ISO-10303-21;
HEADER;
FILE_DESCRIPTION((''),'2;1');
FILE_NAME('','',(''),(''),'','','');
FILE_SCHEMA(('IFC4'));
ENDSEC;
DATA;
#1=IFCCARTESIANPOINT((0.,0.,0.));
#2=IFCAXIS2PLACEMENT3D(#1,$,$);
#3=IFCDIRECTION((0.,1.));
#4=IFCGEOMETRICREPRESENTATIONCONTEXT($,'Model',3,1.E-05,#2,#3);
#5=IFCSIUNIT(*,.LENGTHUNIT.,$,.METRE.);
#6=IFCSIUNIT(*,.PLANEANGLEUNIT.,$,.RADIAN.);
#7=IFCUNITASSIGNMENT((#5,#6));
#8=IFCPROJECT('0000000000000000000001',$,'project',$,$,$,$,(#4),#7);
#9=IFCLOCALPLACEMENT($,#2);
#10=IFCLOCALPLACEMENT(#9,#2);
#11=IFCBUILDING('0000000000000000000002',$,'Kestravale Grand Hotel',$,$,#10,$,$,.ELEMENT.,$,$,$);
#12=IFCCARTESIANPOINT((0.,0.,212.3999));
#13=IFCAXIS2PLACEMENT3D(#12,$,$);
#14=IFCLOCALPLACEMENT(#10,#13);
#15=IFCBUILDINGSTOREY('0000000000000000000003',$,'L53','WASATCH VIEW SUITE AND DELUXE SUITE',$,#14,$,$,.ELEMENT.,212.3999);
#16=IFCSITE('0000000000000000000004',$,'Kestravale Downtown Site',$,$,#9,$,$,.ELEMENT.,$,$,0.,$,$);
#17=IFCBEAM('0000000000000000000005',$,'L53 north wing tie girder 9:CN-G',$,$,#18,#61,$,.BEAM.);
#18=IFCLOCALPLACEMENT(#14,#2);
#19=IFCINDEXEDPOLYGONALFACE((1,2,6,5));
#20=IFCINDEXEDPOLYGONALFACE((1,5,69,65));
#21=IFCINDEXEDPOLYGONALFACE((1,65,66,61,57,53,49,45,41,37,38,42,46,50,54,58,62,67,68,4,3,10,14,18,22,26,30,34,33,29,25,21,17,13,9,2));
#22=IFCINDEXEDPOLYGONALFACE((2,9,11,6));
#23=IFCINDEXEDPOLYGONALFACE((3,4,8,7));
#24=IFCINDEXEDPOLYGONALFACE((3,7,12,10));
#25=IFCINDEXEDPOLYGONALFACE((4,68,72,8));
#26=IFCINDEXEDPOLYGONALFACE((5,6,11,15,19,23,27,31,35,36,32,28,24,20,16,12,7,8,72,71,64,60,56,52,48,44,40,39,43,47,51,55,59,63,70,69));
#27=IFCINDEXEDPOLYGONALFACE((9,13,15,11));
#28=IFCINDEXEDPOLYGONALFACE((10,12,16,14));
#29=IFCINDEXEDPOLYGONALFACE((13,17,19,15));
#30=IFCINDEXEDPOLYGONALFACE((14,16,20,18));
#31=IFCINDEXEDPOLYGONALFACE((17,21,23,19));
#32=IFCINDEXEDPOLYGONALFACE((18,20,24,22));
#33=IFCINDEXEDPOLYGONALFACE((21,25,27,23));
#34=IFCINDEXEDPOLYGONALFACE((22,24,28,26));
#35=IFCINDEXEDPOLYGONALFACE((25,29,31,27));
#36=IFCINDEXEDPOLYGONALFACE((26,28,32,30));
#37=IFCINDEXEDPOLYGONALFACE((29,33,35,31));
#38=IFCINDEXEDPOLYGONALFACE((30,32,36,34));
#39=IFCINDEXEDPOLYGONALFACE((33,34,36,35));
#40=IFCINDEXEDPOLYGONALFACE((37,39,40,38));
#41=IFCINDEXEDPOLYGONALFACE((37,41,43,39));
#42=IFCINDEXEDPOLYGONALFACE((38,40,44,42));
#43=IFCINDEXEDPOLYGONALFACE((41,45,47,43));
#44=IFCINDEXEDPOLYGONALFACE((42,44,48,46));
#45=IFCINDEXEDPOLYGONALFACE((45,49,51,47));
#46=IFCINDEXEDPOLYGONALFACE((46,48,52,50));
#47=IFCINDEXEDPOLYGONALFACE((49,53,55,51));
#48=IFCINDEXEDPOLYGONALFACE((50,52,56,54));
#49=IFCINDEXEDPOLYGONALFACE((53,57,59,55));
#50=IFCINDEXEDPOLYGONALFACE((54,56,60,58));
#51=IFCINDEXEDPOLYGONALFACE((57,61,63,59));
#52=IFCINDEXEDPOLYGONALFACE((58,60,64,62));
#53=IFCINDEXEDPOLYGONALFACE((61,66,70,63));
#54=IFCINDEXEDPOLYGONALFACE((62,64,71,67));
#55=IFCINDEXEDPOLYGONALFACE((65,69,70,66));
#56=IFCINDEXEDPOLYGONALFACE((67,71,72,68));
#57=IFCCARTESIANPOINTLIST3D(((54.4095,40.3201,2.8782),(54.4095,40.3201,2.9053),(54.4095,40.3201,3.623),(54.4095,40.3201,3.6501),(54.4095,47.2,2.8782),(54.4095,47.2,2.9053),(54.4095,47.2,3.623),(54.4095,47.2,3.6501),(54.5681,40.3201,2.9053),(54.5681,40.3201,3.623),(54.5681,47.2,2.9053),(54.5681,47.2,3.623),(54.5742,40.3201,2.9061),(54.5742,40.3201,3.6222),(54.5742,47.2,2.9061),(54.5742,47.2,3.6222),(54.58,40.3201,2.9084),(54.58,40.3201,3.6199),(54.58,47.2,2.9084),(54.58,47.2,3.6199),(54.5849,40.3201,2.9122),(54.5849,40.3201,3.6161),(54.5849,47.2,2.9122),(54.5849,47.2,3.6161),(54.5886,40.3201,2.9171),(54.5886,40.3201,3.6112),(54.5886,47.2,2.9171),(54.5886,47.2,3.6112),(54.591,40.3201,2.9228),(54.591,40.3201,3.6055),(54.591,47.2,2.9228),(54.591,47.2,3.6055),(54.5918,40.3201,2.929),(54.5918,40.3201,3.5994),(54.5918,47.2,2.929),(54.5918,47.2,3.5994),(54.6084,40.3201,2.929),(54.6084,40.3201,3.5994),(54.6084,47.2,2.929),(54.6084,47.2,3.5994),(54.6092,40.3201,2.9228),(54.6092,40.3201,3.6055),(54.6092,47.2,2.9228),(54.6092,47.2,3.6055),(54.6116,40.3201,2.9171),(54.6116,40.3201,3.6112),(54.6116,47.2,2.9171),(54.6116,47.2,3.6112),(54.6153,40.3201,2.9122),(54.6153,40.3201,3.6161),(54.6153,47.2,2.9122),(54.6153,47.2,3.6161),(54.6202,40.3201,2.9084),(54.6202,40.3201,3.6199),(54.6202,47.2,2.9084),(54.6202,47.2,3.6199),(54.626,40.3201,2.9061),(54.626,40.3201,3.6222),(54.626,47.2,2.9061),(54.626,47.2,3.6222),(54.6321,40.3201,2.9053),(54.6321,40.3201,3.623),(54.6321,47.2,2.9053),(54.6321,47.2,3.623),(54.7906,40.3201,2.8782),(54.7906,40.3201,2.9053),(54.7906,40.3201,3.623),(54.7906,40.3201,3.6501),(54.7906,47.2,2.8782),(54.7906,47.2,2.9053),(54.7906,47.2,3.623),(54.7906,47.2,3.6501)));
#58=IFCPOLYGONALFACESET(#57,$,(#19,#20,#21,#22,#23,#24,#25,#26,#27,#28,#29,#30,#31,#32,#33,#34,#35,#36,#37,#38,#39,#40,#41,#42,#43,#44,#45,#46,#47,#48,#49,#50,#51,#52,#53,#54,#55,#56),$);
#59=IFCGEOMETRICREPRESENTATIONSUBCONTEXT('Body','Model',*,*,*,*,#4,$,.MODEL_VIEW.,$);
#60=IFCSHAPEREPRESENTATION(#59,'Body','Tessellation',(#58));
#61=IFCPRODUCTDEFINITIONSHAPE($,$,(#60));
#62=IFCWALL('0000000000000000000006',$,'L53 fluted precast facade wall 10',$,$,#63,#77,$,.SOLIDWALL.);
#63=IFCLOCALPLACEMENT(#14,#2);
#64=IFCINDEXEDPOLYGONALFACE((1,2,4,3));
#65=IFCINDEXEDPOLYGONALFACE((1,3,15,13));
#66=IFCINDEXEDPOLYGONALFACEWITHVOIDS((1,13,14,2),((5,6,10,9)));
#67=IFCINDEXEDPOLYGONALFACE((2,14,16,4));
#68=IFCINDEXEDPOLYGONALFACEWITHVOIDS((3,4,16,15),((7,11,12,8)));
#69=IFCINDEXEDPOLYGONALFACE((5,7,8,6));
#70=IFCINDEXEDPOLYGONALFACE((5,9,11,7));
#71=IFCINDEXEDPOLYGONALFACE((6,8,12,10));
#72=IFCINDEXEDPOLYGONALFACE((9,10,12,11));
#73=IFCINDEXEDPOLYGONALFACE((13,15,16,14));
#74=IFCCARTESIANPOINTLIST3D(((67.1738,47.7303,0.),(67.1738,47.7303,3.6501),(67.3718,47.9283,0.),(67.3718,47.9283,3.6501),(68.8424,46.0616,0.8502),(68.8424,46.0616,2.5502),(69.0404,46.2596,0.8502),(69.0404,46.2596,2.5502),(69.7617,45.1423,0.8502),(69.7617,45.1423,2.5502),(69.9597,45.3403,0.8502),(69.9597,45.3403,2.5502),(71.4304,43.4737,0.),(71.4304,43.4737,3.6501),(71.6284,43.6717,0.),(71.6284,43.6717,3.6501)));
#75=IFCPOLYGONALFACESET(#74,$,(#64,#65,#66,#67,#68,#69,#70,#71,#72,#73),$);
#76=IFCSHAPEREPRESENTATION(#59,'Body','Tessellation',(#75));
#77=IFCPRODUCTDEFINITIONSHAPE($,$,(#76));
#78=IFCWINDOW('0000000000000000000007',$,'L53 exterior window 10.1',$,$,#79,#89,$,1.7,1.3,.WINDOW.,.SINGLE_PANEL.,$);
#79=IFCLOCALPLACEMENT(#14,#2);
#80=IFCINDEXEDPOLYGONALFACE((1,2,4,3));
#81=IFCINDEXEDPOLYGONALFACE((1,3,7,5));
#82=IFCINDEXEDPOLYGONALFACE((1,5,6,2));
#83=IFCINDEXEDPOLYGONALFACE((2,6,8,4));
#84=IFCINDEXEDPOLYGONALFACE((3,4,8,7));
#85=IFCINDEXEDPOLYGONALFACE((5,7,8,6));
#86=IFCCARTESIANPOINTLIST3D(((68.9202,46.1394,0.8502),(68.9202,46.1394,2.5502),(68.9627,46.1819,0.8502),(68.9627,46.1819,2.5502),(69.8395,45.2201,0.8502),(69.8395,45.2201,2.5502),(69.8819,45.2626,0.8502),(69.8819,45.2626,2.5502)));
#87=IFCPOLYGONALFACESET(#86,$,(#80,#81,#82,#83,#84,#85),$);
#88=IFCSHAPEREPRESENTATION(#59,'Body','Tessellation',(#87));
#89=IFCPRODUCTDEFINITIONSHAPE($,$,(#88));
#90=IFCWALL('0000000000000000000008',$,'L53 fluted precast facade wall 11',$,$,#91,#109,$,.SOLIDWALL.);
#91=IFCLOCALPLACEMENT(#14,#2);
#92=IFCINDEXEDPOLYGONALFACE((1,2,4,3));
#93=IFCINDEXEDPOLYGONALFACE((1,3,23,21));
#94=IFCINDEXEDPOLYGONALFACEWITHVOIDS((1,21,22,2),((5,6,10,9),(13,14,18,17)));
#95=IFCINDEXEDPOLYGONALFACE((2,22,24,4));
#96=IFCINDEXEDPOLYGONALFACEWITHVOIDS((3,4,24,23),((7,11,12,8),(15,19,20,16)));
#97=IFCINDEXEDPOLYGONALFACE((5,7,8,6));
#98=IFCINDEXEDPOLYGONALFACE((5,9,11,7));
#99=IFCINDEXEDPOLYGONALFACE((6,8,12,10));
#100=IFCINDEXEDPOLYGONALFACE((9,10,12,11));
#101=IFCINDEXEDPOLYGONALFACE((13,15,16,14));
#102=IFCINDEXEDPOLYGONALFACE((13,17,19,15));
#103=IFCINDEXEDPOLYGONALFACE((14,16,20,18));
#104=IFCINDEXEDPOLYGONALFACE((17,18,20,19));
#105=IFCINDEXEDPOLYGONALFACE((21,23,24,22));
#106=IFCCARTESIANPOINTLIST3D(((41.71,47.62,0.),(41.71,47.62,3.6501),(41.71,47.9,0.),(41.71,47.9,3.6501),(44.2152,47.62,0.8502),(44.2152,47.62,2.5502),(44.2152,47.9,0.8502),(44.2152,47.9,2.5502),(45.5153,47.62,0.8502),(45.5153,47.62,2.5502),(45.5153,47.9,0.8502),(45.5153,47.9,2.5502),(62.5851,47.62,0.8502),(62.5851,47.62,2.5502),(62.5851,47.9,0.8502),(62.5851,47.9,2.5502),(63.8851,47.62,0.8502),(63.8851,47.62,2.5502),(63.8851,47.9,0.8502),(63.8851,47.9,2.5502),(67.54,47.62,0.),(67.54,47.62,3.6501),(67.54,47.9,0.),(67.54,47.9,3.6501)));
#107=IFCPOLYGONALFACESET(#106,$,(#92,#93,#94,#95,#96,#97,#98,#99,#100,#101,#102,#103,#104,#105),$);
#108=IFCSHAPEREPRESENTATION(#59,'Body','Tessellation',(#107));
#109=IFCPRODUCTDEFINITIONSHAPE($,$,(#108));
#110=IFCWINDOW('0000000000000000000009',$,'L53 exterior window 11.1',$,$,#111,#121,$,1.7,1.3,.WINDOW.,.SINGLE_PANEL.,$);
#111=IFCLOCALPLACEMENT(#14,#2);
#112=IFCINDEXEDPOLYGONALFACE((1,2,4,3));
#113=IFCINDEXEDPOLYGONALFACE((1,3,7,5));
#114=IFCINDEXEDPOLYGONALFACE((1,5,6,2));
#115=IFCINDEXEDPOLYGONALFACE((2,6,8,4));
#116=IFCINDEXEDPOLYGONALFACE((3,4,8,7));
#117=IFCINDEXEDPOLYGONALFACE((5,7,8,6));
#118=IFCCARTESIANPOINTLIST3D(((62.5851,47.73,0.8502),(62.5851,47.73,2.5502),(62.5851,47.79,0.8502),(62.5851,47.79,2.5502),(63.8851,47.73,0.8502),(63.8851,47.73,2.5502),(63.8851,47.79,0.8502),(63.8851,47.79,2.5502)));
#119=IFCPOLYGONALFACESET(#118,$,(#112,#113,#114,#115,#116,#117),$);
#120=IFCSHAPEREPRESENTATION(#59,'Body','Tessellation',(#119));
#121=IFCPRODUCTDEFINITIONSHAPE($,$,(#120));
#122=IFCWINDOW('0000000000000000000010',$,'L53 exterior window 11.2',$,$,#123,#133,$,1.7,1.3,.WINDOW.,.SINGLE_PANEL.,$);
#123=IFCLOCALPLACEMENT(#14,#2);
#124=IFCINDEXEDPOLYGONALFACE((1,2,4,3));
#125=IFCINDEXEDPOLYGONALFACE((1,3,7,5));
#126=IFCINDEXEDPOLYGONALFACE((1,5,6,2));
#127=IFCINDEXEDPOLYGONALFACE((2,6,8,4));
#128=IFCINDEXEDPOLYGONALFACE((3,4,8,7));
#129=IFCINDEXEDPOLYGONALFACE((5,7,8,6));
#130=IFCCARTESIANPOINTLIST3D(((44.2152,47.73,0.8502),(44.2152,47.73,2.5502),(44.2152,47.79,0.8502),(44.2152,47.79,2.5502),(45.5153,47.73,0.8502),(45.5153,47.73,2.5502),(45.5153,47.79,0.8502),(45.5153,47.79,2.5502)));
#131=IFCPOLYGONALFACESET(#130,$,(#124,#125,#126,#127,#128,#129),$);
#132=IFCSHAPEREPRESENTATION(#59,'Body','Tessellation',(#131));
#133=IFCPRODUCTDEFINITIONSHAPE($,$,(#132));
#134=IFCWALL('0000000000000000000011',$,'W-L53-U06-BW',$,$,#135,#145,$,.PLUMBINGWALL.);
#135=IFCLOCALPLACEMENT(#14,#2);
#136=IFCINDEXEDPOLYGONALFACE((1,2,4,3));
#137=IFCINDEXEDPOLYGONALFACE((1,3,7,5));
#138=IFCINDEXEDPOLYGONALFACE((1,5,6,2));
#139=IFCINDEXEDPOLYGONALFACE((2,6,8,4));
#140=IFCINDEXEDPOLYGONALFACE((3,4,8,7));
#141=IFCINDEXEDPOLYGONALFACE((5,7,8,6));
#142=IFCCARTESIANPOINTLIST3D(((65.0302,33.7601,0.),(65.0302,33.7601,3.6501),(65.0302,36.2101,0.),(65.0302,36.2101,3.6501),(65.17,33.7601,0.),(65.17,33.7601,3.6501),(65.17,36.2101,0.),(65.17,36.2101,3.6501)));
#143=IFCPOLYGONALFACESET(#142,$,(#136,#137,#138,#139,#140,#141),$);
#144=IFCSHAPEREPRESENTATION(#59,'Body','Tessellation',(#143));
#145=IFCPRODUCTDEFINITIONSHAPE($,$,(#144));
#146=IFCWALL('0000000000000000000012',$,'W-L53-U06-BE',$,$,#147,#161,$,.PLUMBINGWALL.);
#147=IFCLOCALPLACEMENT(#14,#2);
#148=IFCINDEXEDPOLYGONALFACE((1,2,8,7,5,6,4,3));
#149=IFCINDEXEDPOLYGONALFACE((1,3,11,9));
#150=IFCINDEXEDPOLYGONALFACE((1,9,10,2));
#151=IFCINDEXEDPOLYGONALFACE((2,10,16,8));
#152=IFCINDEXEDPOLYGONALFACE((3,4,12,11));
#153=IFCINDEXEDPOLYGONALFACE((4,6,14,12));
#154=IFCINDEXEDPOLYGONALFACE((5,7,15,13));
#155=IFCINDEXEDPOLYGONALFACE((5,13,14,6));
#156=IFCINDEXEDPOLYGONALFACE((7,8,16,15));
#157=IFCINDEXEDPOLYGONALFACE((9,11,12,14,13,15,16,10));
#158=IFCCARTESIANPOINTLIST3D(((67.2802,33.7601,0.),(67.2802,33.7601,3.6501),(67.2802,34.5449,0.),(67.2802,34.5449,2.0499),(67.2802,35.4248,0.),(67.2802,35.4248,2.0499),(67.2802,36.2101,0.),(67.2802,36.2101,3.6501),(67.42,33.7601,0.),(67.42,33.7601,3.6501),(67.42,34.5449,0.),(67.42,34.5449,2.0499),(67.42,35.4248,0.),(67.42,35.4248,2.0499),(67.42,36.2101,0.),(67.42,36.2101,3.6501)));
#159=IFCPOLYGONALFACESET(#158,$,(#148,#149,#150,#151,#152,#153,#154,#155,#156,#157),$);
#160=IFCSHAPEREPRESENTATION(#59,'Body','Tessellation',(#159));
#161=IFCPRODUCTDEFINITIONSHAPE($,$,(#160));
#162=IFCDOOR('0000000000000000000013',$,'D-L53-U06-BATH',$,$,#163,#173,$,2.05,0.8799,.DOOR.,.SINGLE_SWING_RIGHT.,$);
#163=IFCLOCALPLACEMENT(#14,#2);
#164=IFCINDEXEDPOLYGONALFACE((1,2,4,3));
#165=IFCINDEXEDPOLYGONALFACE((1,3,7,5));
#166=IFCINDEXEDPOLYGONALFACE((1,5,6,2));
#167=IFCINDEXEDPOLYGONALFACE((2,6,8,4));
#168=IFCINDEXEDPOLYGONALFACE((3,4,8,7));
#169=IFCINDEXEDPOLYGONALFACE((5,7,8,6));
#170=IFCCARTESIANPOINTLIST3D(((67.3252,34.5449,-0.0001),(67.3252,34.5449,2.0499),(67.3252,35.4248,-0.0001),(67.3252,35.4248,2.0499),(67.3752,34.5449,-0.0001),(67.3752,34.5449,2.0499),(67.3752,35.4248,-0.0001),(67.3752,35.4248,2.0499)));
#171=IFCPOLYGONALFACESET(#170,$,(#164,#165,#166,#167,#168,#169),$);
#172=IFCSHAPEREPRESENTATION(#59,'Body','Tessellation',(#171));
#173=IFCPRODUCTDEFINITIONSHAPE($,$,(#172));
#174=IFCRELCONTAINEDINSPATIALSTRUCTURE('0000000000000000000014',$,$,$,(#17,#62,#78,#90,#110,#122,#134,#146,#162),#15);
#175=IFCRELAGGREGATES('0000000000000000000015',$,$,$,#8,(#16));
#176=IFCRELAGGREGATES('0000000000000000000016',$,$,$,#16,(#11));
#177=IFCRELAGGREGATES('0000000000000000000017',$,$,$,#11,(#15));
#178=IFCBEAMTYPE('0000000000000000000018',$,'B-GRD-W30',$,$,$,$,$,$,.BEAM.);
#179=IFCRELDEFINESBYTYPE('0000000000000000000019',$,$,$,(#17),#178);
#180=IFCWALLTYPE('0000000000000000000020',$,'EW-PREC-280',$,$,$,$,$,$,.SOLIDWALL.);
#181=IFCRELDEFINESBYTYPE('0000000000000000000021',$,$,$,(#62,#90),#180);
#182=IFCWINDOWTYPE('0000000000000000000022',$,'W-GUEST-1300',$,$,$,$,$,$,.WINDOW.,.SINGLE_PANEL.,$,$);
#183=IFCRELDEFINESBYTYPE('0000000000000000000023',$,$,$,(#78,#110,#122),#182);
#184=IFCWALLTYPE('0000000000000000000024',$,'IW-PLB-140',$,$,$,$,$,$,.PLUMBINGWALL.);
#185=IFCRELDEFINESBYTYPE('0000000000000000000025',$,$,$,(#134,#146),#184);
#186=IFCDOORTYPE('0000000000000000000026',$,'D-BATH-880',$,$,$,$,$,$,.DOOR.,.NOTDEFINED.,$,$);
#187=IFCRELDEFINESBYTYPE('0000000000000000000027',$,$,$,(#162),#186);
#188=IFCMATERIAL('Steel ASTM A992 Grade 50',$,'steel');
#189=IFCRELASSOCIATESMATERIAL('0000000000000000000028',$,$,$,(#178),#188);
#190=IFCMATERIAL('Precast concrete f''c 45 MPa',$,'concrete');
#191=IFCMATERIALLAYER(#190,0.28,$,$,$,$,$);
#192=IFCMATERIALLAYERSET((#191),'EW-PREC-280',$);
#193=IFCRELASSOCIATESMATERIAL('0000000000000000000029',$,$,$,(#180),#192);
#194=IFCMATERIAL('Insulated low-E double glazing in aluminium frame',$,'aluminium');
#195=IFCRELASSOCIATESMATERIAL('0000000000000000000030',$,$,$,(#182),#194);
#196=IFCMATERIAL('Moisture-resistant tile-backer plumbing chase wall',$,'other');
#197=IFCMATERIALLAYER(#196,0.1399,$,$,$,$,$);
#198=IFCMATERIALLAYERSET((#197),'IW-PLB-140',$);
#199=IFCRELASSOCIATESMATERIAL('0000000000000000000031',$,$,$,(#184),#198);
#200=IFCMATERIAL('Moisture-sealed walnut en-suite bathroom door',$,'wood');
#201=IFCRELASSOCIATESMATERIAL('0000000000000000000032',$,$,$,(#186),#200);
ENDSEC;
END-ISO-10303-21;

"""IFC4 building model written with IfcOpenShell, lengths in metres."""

from ifc_helpers import new_model, si_unit, direction, frame, frame_2d, origin, origin_2d, place, context, subcontext, project, spatial, rectangle, i_section, extrude, material, layer, layer_set, material_profile, profile_set, type_object, element, fill, save


model = new_model("IFC4")

# Units and contexts
model_context = context("Model", 3, precision=1e-05, world=origin(), true_north=direction((0.0, 1.0)))
body_context = subcontext(model_context, "Body", "Model", "MODEL_VIEW")
ifc_project = project(units=[si_unit("LENGTHUNIT", "METRE"), si_unit("PLANEANGLEUNIT", "RADIAN")], contexts=[model_context])

# Site, building, storey
site_placement = place(None, origin())
site = spatial("IfcSite", under=ifc_project, at=site_placement, Name="Kestravale Downtown Site", CompositionType="ELEMENT", RefElevation=0.0)
building_placement = place(site_placement, origin())
building = spatial("IfcBuilding", under=site, at=building_placement, Name="Kestravale Grand Hotel", CompositionType="ELEMENT")
storey_placement = place(building_placement, frame((0.0, 0.0, 212.3999)))
storey = spatial("IfcBuildingStorey", under=building, at=storey_placement, Name="L53", Description="WASATCH VIEW SUITE AND DELUXE SUITE", CompositionType="ELEMENT", Elevation=212.3999)

# Beam
ifc_material_1 = material(Name="Steel ASTM A992 Grade 50", Category="steel")
ifc_material_profile_1 = material_profile(ifc_material_1, i_section(OverallWidth=0.3811, OverallDepth=0.772, WebThickness=0.0166, FlangeThickness=0.0271, FilletRadius=0.0237, at=origin_2d()))
ifc_profile_set_1 = profile_set([ifc_material_profile_1], Name="Steel ASTM A992 Grade 50")
beam_type_1 = type_object("IfcBeamType", Name="B-GRD-W30", PredefinedType="BEAM", material=ifc_profile_set_1)
beam_1_placement = place(storey_placement, frame((54.6001, 40.3201, 3.2642), z_axis=(0.0, 1.0, 0.0), x_axis=(-1.0, 0.0, 0.0)))
element("IfcBeam", 1, at=beam_1_placement, inside=storey, type_object=beam_type_1, Name="L53 north wing tie girder 9:CN-G", PredefinedType="BEAM", context=body_context, shape_type="SweptSolid", body=[
    extrude(i_section(OverallWidth=0.3811, OverallDepth=0.772, WebThickness=0.0166, FlangeThickness=0.0271, FilletRadius=0.0237, at=origin_2d()), origin(), (0.0, 0.0, 1.0), 6.8799),
])

# Wall, opening, window
ifc_material_2 = material(Name="Precast concrete f'c 45 MPa", Category="concrete")
ifc_layer_1 = layer(ifc_material_2, 0.28)
ifc_layer_set_1 = layer_set([ifc_layer_1], Name="EW-PREC-280")
wall_type_1 = type_object("IfcWallType", Name="EW-PREC-280", PredefinedType="SOLIDWALL", material=ifc_layer_set_1)
wall_1_placement = place(storey_placement, frame((71.5293, 43.5728, 0.0), z_axis=(0.0, 0.0, 1.0), x_axis=(-0.707107, 0.707107, 0.0)))
wall_1 = element("IfcWall", 2, at=wall_1_placement, inside=storey, type_object=wall_type_1, Name="L53 fluted precast facade wall 10", PredefinedType="SOLIDWALL", context=body_context, shape_type="SweptSolid", body=[
    extrude(rectangle(XDim=6.0198, YDim=0.28, at=frame_2d((3.0098, 0.0))), origin(), (0.0, 0.0, 1.0), 3.6501),
])
opening_1_placement = place(wall_1_placement, frame((2.3599, 0.0, 0.8501)))
opening_1 = element("IfcOpeningElement", 3, at=opening_1_placement, cuts=wall_1, PredefinedType="OPENING", context=body_context, shape_type="SweptSolid", body=[
    extrude(rectangle(XDim=1.3, YDim=1.7, at=frame_2d((0.6499, 0.8501))), frame((0.0, 0.1499, 0.0), z_axis=(0.0, -1.0, 0.0), x_axis=(1.0, 0.0, 0.0)), (0.0, 0.0, 1.0), 0.3),
])
ifc_material_3 = material(Name="Insulated low-E double glazing in aluminium frame", Category="aluminium")
window_type = type_object("IfcWindowType", Name="W-GUEST-1300", PartitioningType="SINGLE_PANEL", PredefinedType="WINDOW", material=ifc_material_3)
window_1_placement = place(opening_1_placement, origin())
window_1 = element("IfcWindow", 4, at=window_1_placement, inside=storey, type_object=window_type, Name="L53 exterior window 10.1", OverallHeight=1.7, OverallWidth=1.3, PartitioningType="SINGLE_PANEL", PredefinedType="WINDOW", context=body_context, shape_type="SweptSolid", body=[
    extrude(rectangle(XDim=1.3, YDim=1.7, at=frame_2d((0.6499, 0.8501))), frame((0.0, 0.03, 0.0), z_axis=(0.0, -1.0, 0.0), x_axis=(1.0, 0.0, 0.0)), (0.0, 0.0, 1.0), 0.0601),
])
fill(opening_1, window_1)

# Wall, openings, windows
wall_2_placement = place(storey_placement, frame((67.54, 47.76, 0.0), z_axis=(0.0, 0.0, 1.0), x_axis=(-1.0, 0.0, 0.0)))
wall_2 = element("IfcWall", 5, at=wall_2_placement, inside=storey, type_object=wall_type_1, Name="L53 fluted precast facade wall 11", PredefinedType="SOLIDWALL", context=body_context, shape_type="SweptSolid", body=[
    extrude(rectangle(XDim=25.8301, YDim=0.28, at=frame_2d((12.915, 0.0))), origin(), (0.0, 0.0, 1.0), 3.6501),
])
opening_2_placement = place(wall_2_placement, frame((3.655, 0.0, 0.8501)))
opening_2 = element("IfcOpeningElement", 6, at=opening_2_placement, cuts=wall_2, PredefinedType="OPENING", context=body_context, shape_type="SweptSolid", body=[
    extrude(rectangle(XDim=1.3, YDim=1.7, at=frame_2d((0.6499, 0.8501))), frame((0.0, 0.1499, 0.0), z_axis=(0.0, -1.0, 0.0), x_axis=(1.0, 0.0, 0.0)), (0.0, 0.0, 1.0), 0.3),
])
opening_3_placement = place(wall_2_placement, frame((22.0249, 0.0, 0.8501)))
opening_3 = element("IfcOpeningElement", 7, at=opening_3_placement, cuts=wall_2, PredefinedType="OPENING", context=body_context, shape_type="SweptSolid", body=[
    extrude(rectangle(XDim=1.3, YDim=1.7, at=frame_2d((0.6499, 0.8501))), frame((0.0, 0.1499, 0.0), z_axis=(0.0, -1.0, 0.0), x_axis=(1.0, 0.0, 0.0)), (0.0, 0.0, 1.0), 0.3),
])
window_2_placement = place(opening_2_placement, origin())
window_2 = element("IfcWindow", 8, at=window_2_placement, inside=storey, type_object=window_type, Name="L53 exterior window 11.1", OverallHeight=1.7, OverallWidth=1.3, PartitioningType="SINGLE_PANEL", PredefinedType="WINDOW", context=body_context, shape_type="SweptSolid", body=[
    extrude(rectangle(XDim=1.3, YDim=1.7, at=frame_2d((0.6499, 0.8501))), frame((0.0, 0.03, 0.0), z_axis=(0.0, -1.0, 0.0), x_axis=(1.0, 0.0, 0.0)), (0.0, 0.0, 1.0), 0.0601),
])
fill(opening_2, window_2)
window_3_placement = place(opening_3_placement, origin())
window_3 = element("IfcWindow", 9, at=window_3_placement, inside=storey, type_object=window_type, Name="L53 exterior window 11.2", OverallHeight=1.7, OverallWidth=1.3, PartitioningType="SINGLE_PANEL", PredefinedType="WINDOW", context=body_context, shape_type="SweptSolid", body=[
    extrude(rectangle(XDim=1.3, YDim=1.7, at=frame_2d((0.6499, 0.8501))), frame((0.0, 0.03, 0.0), z_axis=(0.0, -1.0, 0.0), x_axis=(1.0, 0.0, 0.0)), (0.0, 0.0, 1.0), 0.0601),
])
fill(opening_3, window_3)

# Wall
ifc_material_4 = material(Name="Moisture-resistant tile-backer plumbing chase wall", Category="other")
ifc_layer_2 = layer(ifc_material_4, 0.1399)
ifc_layer_set_2 = layer_set([ifc_layer_2], Name="IW-PLB-140")
wall_type_2 = type_object("IfcWallType", Name="IW-PLB-140", PredefinedType="PLUMBINGWALL", material=ifc_layer_set_2)
wall_3_placement = place(storey_placement, frame((65.1001, 33.76, 0.0), z_axis=(0.0, 0.0, 1.0), x_axis=(0.0, 1.0, 0.0)))
element("IfcWall", 10, at=wall_3_placement, inside=storey, type_object=wall_type_2, Name="W-L53-U06-BW", PredefinedType="PLUMBINGWALL", context=body_context, shape_type="SweptSolid", body=[
    extrude(rectangle(XDim=2.45, YDim=0.1399, at=frame_2d((1.2251, 0.0))), origin(), (0.0, 0.0, 1.0), 3.6501),
])

# Wall, opening, door
wall_4_placement = place(storey_placement, frame((67.3501, 33.76, 0.0), z_axis=(0.0, 0.0, 1.0), x_axis=(0.0, 1.0, 0.0)))
wall_4 = element("IfcWall", 11, at=wall_4_placement, inside=storey, type_object=wall_type_2, Name="W-L53-U06-BE", PredefinedType="PLUMBINGWALL", context=body_context, shape_type="SweptSolid", body=[
    extrude(rectangle(XDim=2.45, YDim=0.1399, at=frame_2d((1.2251, 0.0))), origin(), (0.0, 0.0, 1.0), 3.6501),
])
opening_4_placement = place(wall_4_placement, frame((0.7849, 0.0, 0.0)))
opening_4 = element("IfcOpeningElement", 12, at=opening_4_placement, cuts=wall_4, PredefinedType="OPENING", context=body_context, shape_type="SweptSolid", body=[
    extrude(rectangle(XDim=0.8799, YDim=2.05, at=frame_2d((0.4399, 1.0249))), frame((0.0, 0.0798, 0.0), z_axis=(0.0, -1.0, 0.0), x_axis=(1.0, 0.0, 0.0)), (0.0, 0.0, 1.0), 0.1599),
])
ifc_material_5 = material(Name="Moisture-sealed walnut en-suite bathroom door", Category="wood")
door_type_1 = type_object("IfcDoorType", Name="D-BATH-880", OperationType="NOTDEFINED", PredefinedType="DOOR", material=ifc_material_5)
door_1_placement = place(opening_4_placement, origin())
door_1 = element("IfcDoor", 13, at=door_1_placement, inside=storey, type_object=door_type_1, Name="D-L53-U06-BATH", OperationType="SINGLE_SWING_RIGHT", OverallHeight=2.05, OverallWidth=0.8799, PredefinedType="DOOR", context=body_context, shape_type="SweptSolid", body=[
    extrude(rectangle(XDim=0.8799, YDim=2.05, at=frame_2d((0.4399, 1.0249))), frame((0.0, 0.0249, 0.0), z_axis=(0.0, -1.0, 0.0), x_axis=(1.0, 0.0, 0.0)), (0.0, 0.0, 1.0), 0.05),
])
fill(opening_4, door_1)

save(model, "model.ifc")
